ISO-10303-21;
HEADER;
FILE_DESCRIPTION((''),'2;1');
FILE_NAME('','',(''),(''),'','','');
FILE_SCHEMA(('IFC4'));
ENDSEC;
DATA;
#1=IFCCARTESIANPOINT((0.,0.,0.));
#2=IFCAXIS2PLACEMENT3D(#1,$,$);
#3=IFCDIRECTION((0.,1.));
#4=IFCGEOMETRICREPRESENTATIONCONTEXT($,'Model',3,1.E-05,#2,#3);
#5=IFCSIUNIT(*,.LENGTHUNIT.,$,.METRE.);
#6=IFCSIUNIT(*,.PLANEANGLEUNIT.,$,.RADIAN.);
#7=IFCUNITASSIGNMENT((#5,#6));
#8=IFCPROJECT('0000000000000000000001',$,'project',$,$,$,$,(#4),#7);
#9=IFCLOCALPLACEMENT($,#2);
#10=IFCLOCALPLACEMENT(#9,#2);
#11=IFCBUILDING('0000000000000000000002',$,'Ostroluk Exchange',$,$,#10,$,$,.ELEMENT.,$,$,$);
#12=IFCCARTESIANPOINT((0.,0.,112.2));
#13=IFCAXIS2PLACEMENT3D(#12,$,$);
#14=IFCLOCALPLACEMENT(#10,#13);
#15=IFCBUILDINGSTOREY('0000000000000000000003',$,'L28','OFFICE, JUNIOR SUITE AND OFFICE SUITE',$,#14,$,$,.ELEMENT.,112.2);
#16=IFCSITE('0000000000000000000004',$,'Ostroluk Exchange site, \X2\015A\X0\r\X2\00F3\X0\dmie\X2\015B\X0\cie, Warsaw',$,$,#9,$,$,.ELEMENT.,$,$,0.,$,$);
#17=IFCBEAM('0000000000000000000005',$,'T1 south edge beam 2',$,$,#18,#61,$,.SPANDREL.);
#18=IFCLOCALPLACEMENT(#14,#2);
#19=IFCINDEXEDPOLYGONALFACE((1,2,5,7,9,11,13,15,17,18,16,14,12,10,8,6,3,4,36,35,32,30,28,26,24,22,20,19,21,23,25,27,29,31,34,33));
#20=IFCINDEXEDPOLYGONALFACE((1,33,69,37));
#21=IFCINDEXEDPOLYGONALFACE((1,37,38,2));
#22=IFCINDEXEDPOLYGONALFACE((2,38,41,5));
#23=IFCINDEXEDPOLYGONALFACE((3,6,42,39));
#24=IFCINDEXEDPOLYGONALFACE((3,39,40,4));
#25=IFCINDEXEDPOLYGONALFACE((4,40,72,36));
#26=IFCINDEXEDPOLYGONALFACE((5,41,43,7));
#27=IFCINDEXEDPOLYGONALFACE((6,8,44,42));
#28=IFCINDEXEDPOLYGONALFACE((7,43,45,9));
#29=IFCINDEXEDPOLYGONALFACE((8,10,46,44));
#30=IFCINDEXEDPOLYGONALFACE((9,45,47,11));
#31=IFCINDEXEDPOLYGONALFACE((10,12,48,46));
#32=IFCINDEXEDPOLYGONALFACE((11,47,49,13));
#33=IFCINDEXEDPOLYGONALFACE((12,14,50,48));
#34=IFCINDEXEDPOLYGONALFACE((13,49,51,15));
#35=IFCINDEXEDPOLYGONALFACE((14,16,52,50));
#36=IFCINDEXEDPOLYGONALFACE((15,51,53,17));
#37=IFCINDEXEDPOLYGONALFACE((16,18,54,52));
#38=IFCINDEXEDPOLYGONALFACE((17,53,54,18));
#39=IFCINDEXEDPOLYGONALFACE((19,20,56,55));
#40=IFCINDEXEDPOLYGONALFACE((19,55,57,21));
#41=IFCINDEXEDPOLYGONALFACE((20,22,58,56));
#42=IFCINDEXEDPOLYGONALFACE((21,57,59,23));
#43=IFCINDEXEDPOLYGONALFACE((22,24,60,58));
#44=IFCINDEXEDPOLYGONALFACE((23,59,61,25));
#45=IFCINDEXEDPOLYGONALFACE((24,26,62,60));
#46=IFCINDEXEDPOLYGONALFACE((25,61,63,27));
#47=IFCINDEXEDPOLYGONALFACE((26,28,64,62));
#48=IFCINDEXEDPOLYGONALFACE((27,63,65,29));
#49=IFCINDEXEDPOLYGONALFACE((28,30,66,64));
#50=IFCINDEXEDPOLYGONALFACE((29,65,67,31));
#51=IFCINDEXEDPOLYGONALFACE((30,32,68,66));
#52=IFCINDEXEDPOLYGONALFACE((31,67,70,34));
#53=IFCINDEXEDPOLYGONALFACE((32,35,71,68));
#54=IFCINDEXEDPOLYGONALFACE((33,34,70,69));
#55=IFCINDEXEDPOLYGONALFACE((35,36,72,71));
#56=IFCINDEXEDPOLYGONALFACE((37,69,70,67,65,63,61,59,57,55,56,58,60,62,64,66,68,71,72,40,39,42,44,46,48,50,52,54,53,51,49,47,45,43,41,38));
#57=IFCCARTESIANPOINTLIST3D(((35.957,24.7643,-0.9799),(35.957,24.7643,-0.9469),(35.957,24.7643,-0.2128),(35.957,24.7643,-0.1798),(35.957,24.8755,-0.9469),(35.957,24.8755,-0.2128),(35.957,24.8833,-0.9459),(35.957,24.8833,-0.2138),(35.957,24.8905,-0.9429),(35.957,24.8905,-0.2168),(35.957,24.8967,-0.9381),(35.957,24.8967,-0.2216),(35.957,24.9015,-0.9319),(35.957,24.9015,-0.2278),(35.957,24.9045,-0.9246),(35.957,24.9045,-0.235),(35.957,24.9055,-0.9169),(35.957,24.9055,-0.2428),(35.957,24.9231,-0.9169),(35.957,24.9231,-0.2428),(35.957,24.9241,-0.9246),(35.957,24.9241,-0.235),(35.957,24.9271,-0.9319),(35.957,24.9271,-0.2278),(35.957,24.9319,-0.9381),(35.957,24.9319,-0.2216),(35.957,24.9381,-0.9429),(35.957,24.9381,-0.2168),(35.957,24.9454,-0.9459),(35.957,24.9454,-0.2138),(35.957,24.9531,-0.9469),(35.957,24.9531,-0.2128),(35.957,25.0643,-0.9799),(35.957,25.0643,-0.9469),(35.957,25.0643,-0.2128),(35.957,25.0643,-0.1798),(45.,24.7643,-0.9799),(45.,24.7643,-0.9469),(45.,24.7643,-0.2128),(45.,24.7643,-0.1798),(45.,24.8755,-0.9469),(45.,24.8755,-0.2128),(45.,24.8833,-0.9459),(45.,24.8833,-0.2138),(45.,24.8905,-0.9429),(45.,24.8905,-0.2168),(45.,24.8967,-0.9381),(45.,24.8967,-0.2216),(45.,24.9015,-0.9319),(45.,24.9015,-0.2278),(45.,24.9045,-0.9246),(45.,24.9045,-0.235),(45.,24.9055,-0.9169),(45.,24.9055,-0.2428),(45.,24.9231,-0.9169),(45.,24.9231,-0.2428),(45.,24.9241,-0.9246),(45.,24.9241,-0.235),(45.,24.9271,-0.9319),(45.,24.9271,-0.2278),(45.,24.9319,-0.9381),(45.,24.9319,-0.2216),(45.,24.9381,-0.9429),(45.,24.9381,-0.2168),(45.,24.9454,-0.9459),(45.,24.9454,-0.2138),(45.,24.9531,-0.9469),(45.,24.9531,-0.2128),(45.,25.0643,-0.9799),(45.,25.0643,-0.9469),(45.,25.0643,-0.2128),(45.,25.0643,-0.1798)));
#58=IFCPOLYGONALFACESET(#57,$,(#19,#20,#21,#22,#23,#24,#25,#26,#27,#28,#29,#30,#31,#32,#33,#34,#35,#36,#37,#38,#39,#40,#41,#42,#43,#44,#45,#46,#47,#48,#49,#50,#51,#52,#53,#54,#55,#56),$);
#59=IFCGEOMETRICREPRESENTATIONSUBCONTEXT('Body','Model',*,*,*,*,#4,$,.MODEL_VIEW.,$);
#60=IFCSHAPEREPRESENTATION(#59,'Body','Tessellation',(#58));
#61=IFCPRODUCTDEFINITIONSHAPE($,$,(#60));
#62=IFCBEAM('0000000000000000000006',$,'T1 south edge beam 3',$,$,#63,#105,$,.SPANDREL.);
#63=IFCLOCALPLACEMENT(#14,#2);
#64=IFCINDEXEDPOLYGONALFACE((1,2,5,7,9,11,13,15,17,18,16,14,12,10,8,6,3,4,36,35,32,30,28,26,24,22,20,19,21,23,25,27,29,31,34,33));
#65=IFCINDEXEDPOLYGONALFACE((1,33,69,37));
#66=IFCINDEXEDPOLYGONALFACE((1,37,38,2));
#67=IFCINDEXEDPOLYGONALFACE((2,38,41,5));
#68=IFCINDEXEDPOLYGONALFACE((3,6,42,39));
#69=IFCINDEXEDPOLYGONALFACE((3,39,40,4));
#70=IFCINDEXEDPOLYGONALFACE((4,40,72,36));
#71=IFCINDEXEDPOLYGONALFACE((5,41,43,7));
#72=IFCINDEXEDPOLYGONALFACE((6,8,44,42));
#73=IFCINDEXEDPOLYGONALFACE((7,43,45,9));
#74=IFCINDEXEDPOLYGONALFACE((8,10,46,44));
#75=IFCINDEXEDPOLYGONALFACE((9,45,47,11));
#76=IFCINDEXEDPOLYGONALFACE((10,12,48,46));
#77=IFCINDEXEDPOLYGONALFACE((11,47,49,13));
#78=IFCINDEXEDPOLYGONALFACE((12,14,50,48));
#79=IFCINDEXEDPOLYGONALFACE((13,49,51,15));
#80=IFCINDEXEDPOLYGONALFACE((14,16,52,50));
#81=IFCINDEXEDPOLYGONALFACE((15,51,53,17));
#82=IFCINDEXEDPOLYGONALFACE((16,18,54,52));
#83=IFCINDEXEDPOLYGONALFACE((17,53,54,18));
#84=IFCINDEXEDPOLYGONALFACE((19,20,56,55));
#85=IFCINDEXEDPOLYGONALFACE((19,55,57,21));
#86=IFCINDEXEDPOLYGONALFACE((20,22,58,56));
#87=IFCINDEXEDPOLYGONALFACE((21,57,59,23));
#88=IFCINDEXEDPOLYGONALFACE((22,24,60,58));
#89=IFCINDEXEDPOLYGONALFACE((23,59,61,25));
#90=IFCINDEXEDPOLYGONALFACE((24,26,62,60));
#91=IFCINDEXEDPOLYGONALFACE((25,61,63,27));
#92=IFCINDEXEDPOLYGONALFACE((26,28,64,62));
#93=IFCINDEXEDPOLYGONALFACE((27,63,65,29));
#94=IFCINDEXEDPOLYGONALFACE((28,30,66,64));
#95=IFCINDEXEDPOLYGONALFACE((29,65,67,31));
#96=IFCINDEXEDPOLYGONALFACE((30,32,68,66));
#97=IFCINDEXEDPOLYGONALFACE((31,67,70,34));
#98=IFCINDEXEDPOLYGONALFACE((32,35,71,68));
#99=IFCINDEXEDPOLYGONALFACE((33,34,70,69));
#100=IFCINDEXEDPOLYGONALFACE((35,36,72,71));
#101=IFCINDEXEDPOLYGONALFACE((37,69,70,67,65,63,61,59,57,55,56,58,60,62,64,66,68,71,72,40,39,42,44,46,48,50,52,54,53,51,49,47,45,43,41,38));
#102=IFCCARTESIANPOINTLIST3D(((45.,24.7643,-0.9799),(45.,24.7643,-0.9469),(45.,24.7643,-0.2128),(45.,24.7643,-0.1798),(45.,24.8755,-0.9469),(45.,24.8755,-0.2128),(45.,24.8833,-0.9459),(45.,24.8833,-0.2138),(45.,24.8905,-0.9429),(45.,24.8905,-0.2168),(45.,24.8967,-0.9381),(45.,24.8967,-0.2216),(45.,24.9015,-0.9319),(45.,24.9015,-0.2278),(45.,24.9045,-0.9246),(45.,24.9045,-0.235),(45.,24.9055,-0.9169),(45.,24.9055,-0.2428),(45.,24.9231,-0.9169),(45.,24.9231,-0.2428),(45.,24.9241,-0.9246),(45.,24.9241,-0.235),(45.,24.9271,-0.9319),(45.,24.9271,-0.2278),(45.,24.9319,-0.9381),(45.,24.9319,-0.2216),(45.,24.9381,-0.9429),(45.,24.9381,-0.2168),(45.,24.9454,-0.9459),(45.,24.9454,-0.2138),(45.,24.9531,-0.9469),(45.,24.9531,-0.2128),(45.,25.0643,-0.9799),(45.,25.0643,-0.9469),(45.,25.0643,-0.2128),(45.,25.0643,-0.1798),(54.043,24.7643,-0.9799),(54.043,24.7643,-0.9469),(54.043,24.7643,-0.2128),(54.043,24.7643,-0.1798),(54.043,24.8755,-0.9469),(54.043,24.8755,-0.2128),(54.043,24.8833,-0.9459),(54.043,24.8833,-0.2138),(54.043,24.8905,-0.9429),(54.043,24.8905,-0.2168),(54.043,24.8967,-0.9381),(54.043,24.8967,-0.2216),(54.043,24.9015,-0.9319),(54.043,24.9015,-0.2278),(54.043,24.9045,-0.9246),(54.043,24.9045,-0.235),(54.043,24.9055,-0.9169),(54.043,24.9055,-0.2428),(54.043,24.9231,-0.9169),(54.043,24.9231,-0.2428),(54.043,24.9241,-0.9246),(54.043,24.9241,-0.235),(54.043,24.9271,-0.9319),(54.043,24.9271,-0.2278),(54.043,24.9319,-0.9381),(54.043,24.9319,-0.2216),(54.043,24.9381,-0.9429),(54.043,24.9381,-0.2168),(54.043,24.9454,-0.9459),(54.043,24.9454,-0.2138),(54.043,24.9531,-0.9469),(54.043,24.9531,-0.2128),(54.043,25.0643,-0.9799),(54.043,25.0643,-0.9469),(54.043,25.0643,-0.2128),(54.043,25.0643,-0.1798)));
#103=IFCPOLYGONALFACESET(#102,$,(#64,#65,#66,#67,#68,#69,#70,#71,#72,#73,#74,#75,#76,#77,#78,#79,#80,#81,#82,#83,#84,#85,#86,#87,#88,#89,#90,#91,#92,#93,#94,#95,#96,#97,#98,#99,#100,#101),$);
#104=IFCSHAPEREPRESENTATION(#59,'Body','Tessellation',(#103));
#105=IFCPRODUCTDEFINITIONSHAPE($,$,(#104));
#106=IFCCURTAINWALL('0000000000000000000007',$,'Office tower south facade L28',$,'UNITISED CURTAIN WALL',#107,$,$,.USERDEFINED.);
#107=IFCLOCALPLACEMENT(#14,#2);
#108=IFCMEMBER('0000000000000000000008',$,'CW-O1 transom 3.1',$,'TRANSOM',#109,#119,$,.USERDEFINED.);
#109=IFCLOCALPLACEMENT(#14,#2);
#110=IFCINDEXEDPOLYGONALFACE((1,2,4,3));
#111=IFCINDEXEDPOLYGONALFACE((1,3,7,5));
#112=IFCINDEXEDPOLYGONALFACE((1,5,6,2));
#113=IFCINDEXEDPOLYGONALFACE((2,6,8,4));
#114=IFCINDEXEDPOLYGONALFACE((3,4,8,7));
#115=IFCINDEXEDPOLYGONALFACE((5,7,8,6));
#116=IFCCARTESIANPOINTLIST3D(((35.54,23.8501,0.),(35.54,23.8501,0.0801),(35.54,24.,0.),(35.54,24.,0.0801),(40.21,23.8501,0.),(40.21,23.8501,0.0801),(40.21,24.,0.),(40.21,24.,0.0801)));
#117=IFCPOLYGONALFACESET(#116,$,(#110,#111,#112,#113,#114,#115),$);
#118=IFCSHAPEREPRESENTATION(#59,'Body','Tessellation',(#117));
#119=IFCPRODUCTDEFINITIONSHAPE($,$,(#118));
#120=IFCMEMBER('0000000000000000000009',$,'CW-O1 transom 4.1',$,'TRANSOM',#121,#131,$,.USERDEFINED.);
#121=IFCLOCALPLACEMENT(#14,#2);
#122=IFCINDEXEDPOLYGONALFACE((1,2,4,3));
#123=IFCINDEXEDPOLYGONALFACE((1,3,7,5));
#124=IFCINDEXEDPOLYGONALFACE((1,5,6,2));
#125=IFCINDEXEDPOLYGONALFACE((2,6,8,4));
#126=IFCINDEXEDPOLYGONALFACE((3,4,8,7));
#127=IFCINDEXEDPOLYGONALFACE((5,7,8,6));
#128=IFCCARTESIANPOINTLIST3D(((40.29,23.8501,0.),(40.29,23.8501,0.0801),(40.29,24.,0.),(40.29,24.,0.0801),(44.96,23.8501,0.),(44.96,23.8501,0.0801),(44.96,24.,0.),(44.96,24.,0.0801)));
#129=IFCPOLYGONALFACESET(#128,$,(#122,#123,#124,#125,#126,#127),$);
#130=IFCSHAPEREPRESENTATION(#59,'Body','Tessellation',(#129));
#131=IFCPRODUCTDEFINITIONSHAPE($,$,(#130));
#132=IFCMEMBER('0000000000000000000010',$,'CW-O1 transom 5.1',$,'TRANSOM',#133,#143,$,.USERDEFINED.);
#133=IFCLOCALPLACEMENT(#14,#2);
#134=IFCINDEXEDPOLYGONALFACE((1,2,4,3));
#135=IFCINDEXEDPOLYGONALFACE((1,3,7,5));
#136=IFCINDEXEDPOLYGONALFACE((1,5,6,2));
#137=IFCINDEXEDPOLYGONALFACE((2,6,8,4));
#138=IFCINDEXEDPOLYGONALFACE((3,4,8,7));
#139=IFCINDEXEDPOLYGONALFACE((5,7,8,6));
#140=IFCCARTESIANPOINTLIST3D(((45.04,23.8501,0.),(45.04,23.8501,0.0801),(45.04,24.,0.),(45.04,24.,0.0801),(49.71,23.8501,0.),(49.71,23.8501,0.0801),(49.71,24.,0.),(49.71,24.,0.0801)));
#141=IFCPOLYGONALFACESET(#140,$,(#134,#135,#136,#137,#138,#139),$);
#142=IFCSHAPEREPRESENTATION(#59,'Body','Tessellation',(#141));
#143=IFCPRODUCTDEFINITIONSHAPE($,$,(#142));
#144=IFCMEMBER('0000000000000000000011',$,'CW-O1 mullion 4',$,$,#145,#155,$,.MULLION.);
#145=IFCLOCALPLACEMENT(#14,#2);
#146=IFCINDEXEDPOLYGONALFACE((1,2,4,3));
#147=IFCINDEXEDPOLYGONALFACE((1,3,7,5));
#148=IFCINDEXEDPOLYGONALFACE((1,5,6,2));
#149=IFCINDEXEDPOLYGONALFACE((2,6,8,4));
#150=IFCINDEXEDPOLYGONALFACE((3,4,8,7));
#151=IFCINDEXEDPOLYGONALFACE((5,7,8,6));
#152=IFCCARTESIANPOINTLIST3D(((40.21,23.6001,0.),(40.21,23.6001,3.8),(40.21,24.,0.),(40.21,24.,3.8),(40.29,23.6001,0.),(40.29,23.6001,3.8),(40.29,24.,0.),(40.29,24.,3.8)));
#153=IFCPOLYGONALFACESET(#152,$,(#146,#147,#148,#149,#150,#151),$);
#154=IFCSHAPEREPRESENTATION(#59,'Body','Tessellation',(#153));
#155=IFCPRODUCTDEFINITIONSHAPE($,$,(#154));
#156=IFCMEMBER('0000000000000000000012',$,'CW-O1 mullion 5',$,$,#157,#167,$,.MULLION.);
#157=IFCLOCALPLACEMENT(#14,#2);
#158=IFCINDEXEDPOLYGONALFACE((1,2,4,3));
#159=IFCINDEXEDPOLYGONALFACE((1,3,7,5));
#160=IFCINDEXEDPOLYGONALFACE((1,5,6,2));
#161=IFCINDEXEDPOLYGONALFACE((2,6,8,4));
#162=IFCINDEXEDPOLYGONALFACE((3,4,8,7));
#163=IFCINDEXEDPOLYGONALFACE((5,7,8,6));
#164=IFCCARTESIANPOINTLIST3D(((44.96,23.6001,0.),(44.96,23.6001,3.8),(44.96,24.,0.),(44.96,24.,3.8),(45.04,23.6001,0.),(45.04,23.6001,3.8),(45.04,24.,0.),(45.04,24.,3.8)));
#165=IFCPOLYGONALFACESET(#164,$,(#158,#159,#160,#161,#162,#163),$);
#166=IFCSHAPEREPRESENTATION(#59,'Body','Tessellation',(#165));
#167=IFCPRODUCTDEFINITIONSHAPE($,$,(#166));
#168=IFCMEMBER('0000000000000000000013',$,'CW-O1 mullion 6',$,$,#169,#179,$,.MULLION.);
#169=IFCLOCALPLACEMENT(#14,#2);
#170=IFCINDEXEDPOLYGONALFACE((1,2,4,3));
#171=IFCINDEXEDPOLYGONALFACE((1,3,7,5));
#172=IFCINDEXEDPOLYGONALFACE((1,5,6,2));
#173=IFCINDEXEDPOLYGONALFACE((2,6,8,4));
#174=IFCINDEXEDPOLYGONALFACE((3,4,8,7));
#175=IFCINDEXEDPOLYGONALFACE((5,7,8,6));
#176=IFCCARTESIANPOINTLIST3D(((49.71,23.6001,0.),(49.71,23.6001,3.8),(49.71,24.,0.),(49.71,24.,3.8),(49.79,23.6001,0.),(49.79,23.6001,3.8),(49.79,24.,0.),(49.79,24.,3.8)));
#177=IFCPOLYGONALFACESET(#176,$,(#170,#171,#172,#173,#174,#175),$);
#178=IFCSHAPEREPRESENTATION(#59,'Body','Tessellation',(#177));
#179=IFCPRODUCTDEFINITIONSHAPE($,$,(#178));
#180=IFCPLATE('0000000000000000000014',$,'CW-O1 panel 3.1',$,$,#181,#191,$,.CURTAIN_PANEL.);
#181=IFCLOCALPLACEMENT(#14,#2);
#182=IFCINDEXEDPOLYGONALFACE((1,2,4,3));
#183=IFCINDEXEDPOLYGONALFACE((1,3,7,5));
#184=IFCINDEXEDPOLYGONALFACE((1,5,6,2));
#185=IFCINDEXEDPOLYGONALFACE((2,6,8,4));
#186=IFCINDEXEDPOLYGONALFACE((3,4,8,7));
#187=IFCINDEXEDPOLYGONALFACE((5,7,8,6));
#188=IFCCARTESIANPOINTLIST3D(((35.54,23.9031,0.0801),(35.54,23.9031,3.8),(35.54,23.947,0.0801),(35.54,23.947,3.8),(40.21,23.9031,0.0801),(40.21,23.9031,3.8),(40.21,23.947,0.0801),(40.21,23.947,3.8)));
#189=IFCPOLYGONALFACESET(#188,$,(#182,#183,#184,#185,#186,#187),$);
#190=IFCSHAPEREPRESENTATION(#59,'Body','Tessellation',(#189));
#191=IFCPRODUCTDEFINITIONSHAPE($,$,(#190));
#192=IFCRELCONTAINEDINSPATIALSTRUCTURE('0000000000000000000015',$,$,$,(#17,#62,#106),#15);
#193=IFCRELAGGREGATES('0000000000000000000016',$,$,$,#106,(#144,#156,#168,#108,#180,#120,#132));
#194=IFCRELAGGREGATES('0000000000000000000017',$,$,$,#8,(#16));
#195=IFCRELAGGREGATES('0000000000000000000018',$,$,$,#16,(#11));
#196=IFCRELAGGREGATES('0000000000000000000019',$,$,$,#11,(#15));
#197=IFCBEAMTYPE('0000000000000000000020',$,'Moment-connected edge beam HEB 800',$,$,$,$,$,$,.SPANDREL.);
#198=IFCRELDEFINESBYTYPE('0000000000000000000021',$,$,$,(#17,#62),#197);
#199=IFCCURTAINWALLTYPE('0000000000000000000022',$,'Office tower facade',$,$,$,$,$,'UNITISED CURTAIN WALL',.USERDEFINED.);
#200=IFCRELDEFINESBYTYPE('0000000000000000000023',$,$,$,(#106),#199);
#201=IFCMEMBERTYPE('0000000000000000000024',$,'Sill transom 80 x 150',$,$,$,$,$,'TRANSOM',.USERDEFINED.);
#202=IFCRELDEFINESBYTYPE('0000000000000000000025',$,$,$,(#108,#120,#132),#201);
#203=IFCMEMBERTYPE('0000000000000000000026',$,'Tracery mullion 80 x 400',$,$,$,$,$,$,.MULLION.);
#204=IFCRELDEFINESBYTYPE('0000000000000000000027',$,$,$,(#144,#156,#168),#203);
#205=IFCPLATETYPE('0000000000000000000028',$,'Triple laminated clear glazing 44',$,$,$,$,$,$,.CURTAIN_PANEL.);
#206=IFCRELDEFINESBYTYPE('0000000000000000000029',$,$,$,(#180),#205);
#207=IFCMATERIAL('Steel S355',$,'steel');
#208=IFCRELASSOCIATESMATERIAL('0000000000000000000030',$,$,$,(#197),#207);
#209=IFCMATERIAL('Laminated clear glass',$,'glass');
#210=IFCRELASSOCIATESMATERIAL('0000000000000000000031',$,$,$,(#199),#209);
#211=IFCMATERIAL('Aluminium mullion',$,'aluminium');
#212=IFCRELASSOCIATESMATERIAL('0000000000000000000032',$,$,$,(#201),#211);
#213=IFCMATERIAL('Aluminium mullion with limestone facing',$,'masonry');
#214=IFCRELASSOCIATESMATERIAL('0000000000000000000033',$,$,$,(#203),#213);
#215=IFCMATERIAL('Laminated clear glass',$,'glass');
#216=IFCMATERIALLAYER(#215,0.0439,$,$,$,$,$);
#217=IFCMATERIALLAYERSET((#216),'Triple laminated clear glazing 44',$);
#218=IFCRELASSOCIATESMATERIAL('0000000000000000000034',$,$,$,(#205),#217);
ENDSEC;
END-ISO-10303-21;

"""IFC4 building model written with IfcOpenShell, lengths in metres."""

from ifc_helpers import new_model, si_unit, direction, frame, origin, origin_2d, place, context, subcontext, project, spatial, rectangle, i_section, extrude, material, layer, layer_set, material_profile, profile_set, type_object, element, aggregate, save


model = new_model("IFC4")

# Units and contexts
model_context = context("Model", 3, precision=1e-05, world=origin(), true_north=direction((0.0, 1.0)))
body_context = subcontext(model_context, "Body", "Model", "MODEL_VIEW")
ifc_project = project(units=[si_unit("LENGTHUNIT", "METRE"), si_unit("PLANEANGLEUNIT", "RADIAN")], contexts=[model_context])

# Site, building, storey
site_placement = place(None, origin())
site = spatial("IfcSite", under=ifc_project, at=site_placement, Name="Ostroluk Exchange site, Śródmieście, Warsaw", CompositionType="ELEMENT", RefElevation=0.0)
building_placement = place(site_placement, origin())
building = spatial("IfcBuilding", under=site, at=building_placement, Name="Ostroluk Exchange", CompositionType="ELEMENT")
storey_placement = place(building_placement, frame((0.0, 0.0, 112.2)))
storey = spatial("IfcBuildingStorey", under=building, at=storey_placement, Name="L28", Description="OFFICE, JUNIOR SUITE AND OFFICE SUITE", CompositionType="ELEMENT", Elevation=112.2)

# Beams
ifc_material_1 = material(Name="Steel S355", Category="steel")
ifc_material_profile_1 = material_profile(ifc_material_1, i_section(OverallWidth=0.3, OverallDepth=0.8, WebThickness=0.0176, FlangeThickness=0.033, FilletRadius=0.03, at=origin_2d()), Name="HEB 800")
ifc_profile_set_1 = profile_set([ifc_material_profile_1], Name="Steel S355")
beam_type = type_object("IfcBeamType", Name="Moment-connected edge beam HEB 800", PredefinedType="SPANDREL", material=ifc_profile_set_1)
for number, where, z_axis, x_axis, name in (
    (1, (35.957, 24.9143, -0.5798), (1.0, 0.0, 0.0), (0.0, 1.0, 0.0), "T1 south edge beam 2"),
    (2, (45.0, 24.9143, -0.5798), (1.0, 0.0, 0.0), (0.0, 1.0, 0.0), "T1 south edge beam 3"),
):
    element("IfcBeam", number, at=place(storey_placement, frame(where, z_axis=z_axis, x_axis=x_axis)), inside=storey, type_object=beam_type, Name=name, PredefinedType="SPANDREL", context=body_context, shape_type="SweptSolid", body=[
        extrude(i_section(OverallWidth=0.3, OverallDepth=0.8, WebThickness=0.0176, FlangeThickness=0.033, FilletRadius=0.03, at=origin_2d()), origin(), (0.0, 0.0, 1.0), 9.043),
    ])

# Curtain wall, members, plate
ifc_material_2 = material(Name="Laminated clear glass", Category="glass")
curtain_wall_type = type_object("IfcCurtainWallType", Name="Office tower facade", ElementType="UNITISED CURTAIN WALL", PredefinedType="USERDEFINED", material=ifc_material_2)
curtain_wall_placement = place(storey_placement, origin())
curtain_wall = element("IfcCurtainWall", 3, at=curtain_wall_placement, inside=storey, type_object=curtain_wall_type, Name="Office tower south facade L28", ObjectType="UNITISED CURTAIN WALL", PredefinedType="USERDEFINED")
ifc_material_3 = material(Name="Aluminium mullion", Category="aluminium")
ifc_material_profile_2 = material_profile(ifc_material_3, rectangle(XDim=0.1499, YDim=0.0801, at=origin_2d()), Name="Sill transom 80 x 150")
ifc_profile_set_2 = profile_set([ifc_material_profile_2], Name="Aluminium mullion")
member_type_1 = type_object("IfcMemberType", Name="Sill transom 80 x 150", ElementType="TRANSOM", PredefinedType="USERDEFINED", material=ifc_profile_set_2)
member_1_placement = place(storey_placement, frame((35.54, 23.925, 0.04), z_axis=(1.0, 0.0, 0.0), x_axis=(0.0, 1.0, 0.0)))
member_1 = element("IfcMember", 4, at=member_1_placement, type_object=member_type_1, Name="CW-O1 transom 3.1", ObjectType="TRANSOM", PredefinedType="USERDEFINED", context=body_context, shape_type="SweptSolid", body=[
    extrude(rectangle(XDim=0.1499, YDim=0.0801, at=origin_2d()), origin(), (0.0, 0.0, 1.0), 4.6699),
])
member_2_placement = place(storey_placement, frame((40.29, 23.925, 0.04), z_axis=(1.0, 0.0, 0.0), x_axis=(0.0, 1.0, 0.0)))
member_2 = element("IfcMember", 5, at=member_2_placement, type_object=member_type_1, Name="CW-O1 transom 4.1", ObjectType="TRANSOM", PredefinedType="USERDEFINED", context=body_context, shape_type="SweptSolid", body=[
    extrude(rectangle(XDim=0.1499, YDim=0.0801, at=origin_2d()), origin(), (0.0, 0.0, 1.0), 4.6699),
])
member_3_placement = place(storey_placement, frame((45.04, 23.925, 0.04), z_axis=(1.0, 0.0, 0.0), x_axis=(0.0, 1.0, 0.0)))
member_3 = element("IfcMember", 6, at=member_3_placement, type_object=member_type_1, Name="CW-O1 transom 5.1", ObjectType="TRANSOM", PredefinedType="USERDEFINED", context=body_context, shape_type="SweptSolid", body=[
    extrude(rectangle(XDim=0.1499, YDim=0.0801, at=origin_2d()), origin(), (0.0, 0.0, 1.0), 4.6699),
])
ifc_material_4 = material(Name="Aluminium mullion with limestone facing", Category="masonry")
ifc_material_profile_3 = material_profile(ifc_material_4, rectangle(XDim=0.3999, YDim=0.0801, at=origin_2d()), Name="Tracery mullion 80 x 400")
ifc_profile_set_3 = profile_set([ifc_material_profile_3], Name="Aluminium mullion with limestone facing")
member_type_2 = type_object("IfcMemberType", Name="Tracery mullion 80 x 400", PredefinedType="MULLION", material=ifc_profile_set_3)
member_4_placement = place(storey_placement, frame((40.25, 23.8, 0.0), z_axis=(0.0, 0.0, 1.0), x_axis=(0.0, 1.0, 0.0)))
member_4 = element("IfcMember", 7, at=member_4_placement, type_object=member_type_2, Name="CW-O1 mullion 4", PredefinedType="MULLION", context=body_context, shape_type="SweptSolid", body=[
    extrude(rectangle(XDim=0.3999, YDim=0.0801, at=origin_2d()), origin(), (0.0, 0.0, 1.0), 3.8),
])
member_5_placement = place(storey_placement, frame((45.0, 23.8, 0.0), z_axis=(0.0, 0.0, 1.0), x_axis=(0.0, 1.0, 0.0)))
member_5 = element("IfcMember", 8, at=member_5_placement, type_object=member_type_2, Name="CW-O1 mullion 5", PredefinedType="MULLION", context=body_context, shape_type="SweptSolid", body=[
    extrude(rectangle(XDim=0.3999, YDim=0.0801, at=origin_2d()), origin(), (0.0, 0.0, 1.0), 3.8),
])
member_6_placement = place(storey_placement, frame((49.75, 23.8, 0.0), z_axis=(0.0, 0.0, 1.0), x_axis=(0.0, 1.0, 0.0)))
member_6 = element("IfcMember", 9, at=member_6_placement, type_object=member_type_2, Name="CW-O1 mullion 6", PredefinedType="MULLION", context=body_context, shape_type="SweptSolid", body=[
    extrude(rectangle(XDim=0.3999, YDim=0.0801, at=origin_2d()), origin(), (0.0, 0.0, 1.0), 3.8),
])
ifc_material_5 = material(Name="Laminated clear glass", Category="glass")
ifc_layer_1 = layer(ifc_material_5, 0.0439)
ifc_layer_set_1 = layer_set([ifc_layer_1], Name="Triple laminated clear glazing 44")
plate_type = type_object("IfcPlateType", Name="Triple laminated clear glazing 44", PredefinedType="CURTAIN_PANEL", material=ifc_layer_set_1)
plate_1_placement = place(storey_placement, frame((37.875, 23.925, 0.0801), z_axis=(0.0, 0.0, 1.0), x_axis=(1.0, 0.0, 0.0)))
plate_1 = element("IfcPlate", 10, at=plate_1_placement, type_object=plate_type, Name="CW-O1 panel 3.1", PredefinedType="CURTAIN_PANEL", context=body_context, shape_type="SweptSolid", body=[
    extrude(rectangle(XDim=4.6699, YDim=0.0439, at=origin_2d()), origin(), (0.0, 0.0, 1.0), 3.72),
])
aggregate(curtain_wall, [member_4, member_5, member_6, member_1, plate_1, member_2, member_3])

save(model, "model.ifc")
